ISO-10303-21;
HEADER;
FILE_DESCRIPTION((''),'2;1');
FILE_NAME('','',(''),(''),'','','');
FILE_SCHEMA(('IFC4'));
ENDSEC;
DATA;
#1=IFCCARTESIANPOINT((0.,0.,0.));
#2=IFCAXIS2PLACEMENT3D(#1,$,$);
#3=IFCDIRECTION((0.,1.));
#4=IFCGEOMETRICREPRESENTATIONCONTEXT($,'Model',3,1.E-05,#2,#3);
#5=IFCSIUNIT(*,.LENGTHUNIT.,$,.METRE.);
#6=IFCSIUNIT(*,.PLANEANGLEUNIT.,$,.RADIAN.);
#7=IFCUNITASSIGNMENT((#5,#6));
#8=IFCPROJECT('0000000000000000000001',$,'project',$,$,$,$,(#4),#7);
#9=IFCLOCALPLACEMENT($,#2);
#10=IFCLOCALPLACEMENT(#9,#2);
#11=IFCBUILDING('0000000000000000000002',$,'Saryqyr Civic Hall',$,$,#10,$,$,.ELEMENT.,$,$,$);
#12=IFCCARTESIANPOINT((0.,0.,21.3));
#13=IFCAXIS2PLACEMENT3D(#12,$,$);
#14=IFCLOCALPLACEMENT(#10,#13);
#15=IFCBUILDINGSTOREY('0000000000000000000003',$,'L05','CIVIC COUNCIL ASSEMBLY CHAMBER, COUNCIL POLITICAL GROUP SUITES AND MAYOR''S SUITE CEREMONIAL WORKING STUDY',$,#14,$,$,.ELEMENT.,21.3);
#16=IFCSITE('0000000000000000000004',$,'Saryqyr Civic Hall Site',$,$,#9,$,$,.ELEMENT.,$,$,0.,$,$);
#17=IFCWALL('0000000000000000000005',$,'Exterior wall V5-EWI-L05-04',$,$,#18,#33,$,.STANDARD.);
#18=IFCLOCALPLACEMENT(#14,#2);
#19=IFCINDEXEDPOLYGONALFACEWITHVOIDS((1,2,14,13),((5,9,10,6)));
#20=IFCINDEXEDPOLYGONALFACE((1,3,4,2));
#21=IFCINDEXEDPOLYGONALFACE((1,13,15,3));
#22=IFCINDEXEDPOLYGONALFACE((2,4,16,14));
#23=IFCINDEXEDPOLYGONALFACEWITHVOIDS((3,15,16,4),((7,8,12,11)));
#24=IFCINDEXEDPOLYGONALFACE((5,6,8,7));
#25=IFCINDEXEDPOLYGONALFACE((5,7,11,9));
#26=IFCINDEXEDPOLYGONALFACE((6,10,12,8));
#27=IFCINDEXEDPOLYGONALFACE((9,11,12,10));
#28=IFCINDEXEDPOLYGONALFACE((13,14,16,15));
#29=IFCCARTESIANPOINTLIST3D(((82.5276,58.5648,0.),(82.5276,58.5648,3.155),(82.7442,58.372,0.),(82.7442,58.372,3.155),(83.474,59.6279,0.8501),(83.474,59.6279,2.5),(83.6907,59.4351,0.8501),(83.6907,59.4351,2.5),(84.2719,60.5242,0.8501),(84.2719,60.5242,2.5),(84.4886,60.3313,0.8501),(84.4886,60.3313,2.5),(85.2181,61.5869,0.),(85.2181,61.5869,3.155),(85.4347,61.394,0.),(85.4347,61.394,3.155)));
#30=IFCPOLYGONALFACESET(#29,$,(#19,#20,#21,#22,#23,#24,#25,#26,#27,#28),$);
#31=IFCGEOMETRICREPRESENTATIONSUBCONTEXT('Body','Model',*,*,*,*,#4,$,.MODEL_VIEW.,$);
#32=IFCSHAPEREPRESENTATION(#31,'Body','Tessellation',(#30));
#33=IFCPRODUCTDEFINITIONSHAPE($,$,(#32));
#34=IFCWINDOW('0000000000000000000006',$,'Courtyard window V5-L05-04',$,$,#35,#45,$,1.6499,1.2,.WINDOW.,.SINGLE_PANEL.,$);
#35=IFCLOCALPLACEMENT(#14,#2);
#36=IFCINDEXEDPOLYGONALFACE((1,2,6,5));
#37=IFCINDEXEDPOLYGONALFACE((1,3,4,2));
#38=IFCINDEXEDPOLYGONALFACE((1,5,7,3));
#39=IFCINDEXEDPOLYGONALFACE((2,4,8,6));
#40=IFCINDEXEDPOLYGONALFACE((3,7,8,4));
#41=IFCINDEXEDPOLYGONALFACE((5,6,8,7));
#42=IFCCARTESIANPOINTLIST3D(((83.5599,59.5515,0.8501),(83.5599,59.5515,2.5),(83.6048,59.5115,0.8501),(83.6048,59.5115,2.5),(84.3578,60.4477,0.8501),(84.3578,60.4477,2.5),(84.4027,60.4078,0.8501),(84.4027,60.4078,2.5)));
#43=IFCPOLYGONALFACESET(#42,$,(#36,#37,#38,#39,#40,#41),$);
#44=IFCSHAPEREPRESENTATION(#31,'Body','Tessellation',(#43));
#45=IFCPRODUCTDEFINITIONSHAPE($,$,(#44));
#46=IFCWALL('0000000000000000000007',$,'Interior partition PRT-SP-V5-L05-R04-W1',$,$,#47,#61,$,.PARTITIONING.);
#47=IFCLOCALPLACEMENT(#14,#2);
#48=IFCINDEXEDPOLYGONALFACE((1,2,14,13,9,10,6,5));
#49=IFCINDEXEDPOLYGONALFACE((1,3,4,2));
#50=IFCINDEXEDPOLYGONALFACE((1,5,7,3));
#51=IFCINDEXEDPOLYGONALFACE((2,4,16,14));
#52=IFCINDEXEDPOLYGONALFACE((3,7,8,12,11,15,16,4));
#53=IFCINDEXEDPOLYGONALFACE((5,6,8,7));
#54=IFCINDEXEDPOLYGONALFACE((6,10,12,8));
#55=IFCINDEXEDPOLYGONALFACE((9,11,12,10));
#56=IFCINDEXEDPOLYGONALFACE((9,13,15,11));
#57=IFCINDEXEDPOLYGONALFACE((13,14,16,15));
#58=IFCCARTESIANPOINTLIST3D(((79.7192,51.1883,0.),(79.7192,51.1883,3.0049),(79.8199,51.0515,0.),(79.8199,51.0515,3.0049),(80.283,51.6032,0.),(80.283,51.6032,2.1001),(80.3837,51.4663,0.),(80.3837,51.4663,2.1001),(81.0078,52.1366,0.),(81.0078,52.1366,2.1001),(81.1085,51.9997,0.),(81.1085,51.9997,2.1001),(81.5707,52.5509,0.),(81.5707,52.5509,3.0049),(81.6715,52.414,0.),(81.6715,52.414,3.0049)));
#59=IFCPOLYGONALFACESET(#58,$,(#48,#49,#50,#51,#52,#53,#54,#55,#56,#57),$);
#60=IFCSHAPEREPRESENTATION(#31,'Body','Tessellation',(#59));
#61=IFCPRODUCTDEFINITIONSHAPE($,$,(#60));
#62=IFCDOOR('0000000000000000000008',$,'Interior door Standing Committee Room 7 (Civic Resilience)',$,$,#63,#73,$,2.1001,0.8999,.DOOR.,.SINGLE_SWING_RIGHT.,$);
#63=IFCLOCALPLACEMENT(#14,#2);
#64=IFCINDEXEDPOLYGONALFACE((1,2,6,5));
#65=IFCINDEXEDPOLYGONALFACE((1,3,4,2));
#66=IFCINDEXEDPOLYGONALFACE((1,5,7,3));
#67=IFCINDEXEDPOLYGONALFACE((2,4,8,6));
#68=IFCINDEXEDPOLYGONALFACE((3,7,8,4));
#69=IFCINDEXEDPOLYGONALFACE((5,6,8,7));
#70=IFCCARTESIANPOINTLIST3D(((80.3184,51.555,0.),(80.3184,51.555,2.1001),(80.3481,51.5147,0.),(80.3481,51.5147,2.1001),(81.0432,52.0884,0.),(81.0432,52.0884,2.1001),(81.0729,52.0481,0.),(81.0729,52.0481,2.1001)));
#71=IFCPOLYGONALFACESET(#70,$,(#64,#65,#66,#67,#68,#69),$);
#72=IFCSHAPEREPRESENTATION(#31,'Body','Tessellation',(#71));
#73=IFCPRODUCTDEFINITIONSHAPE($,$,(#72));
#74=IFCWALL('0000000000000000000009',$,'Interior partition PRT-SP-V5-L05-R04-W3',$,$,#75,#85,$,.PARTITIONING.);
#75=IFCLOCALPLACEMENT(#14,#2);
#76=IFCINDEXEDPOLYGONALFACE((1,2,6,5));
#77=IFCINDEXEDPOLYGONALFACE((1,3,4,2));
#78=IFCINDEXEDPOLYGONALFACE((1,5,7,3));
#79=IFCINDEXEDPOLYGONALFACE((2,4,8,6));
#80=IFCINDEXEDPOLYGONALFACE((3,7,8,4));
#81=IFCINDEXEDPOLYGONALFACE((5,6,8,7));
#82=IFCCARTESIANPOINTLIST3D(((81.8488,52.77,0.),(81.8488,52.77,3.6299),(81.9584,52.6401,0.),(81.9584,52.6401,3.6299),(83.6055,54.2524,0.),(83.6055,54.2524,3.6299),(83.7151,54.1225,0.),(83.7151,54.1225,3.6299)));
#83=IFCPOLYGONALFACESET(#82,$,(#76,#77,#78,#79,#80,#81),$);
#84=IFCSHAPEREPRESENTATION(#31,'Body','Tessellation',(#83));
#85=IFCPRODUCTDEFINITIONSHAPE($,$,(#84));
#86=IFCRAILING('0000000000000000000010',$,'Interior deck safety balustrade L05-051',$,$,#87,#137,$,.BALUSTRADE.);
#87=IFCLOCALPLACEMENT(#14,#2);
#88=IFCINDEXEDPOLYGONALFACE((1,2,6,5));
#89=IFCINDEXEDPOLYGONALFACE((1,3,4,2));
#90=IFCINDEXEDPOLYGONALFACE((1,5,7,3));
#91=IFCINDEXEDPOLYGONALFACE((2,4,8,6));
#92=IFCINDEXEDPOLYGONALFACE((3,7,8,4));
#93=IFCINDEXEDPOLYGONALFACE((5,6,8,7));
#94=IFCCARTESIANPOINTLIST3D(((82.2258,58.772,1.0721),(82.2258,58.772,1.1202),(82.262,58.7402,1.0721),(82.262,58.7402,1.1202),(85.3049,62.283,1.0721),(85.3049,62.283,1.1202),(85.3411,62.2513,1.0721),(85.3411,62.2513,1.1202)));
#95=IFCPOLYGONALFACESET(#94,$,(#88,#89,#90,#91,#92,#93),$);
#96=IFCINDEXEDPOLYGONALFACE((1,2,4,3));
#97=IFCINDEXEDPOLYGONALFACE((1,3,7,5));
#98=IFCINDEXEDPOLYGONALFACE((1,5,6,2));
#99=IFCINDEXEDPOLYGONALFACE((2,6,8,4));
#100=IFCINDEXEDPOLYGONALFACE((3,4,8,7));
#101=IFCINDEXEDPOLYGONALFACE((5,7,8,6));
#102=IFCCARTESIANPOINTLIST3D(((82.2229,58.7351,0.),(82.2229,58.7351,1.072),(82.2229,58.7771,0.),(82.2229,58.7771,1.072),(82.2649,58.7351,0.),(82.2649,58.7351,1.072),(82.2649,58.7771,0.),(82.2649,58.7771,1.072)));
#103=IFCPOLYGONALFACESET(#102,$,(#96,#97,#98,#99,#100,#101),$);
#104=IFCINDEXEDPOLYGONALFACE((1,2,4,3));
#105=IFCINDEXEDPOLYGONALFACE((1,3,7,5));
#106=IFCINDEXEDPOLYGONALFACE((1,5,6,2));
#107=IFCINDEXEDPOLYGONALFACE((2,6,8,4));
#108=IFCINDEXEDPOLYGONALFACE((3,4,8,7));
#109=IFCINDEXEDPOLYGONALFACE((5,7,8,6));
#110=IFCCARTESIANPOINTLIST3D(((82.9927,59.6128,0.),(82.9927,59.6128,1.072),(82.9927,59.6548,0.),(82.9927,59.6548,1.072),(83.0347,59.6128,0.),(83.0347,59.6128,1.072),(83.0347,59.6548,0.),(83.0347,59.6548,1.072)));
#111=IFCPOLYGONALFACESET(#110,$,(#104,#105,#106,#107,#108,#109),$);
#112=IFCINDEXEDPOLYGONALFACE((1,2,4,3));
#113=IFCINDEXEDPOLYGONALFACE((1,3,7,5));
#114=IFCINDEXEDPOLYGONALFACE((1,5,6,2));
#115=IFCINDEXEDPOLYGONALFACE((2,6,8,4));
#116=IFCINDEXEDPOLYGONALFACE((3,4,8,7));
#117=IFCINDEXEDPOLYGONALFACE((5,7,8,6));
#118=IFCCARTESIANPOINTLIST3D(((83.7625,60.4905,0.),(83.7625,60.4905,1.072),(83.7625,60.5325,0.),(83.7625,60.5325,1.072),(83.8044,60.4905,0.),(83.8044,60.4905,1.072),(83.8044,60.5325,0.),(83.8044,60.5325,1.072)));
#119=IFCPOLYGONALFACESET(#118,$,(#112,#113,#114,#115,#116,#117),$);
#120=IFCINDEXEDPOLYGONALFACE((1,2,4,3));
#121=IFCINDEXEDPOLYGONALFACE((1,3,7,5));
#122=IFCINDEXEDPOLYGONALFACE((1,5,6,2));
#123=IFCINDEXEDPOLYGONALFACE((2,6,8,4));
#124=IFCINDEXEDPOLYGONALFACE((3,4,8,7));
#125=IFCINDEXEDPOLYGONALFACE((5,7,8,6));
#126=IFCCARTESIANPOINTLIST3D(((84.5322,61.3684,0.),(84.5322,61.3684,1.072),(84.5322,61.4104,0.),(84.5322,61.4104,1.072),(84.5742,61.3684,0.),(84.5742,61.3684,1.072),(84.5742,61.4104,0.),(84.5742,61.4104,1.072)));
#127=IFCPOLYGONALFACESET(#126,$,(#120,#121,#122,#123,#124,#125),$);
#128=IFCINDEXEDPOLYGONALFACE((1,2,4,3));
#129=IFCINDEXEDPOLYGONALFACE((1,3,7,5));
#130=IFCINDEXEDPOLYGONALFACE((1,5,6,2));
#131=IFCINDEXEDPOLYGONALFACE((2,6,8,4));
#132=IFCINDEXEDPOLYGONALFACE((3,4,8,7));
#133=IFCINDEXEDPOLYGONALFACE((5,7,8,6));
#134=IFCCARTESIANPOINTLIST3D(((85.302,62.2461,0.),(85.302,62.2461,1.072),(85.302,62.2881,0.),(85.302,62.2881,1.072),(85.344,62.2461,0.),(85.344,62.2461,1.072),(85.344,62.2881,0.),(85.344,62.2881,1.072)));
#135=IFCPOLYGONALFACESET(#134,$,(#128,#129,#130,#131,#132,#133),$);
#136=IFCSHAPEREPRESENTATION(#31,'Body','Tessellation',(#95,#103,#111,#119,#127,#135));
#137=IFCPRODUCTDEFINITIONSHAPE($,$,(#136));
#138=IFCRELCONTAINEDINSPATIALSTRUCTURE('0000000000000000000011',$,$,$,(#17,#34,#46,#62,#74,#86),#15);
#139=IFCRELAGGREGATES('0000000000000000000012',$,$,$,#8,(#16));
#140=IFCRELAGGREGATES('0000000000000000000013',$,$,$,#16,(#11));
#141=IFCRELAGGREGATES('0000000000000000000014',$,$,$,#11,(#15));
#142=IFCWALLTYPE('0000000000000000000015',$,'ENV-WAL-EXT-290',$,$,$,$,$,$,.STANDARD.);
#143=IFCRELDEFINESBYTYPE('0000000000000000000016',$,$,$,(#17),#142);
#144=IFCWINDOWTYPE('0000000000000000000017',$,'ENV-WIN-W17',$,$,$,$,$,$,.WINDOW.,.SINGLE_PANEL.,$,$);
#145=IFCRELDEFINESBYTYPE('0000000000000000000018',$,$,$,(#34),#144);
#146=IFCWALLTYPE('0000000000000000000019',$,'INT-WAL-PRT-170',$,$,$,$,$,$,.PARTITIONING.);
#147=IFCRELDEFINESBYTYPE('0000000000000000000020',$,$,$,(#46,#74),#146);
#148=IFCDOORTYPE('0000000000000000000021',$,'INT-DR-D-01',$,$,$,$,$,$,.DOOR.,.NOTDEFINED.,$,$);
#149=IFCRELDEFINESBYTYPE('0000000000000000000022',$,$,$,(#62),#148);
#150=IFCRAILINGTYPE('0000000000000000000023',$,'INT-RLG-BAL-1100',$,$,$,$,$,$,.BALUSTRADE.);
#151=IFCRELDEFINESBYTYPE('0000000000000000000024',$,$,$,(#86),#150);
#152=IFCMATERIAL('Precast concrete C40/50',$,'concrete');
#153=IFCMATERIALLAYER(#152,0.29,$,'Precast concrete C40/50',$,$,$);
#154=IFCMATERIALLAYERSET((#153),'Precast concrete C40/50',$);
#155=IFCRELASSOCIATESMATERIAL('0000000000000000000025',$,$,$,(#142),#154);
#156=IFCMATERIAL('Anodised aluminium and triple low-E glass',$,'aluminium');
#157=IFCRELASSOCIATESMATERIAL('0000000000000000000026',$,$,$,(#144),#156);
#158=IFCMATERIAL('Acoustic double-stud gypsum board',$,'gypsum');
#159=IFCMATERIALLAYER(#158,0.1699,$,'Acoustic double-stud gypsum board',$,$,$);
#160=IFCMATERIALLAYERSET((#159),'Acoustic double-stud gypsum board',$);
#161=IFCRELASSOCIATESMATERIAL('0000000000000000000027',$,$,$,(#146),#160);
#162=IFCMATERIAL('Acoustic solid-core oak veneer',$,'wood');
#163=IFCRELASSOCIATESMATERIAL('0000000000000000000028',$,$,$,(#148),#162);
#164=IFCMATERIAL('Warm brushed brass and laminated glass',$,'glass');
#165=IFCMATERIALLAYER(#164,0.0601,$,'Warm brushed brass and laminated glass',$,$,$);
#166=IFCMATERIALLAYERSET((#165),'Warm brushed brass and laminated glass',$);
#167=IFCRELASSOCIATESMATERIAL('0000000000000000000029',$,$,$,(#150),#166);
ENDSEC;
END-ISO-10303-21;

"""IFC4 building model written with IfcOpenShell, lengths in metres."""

from ifc_helpers import new_model, si_unit, direction, frame, frame_2d, origin, origin_2d, place, context, subcontext, project, spatial, rectangle, extrude, material, layer, layer_set, type_object, element, fill, save


model = new_model("IFC4")

# Units and contexts
model_context = context("Model", 3, precision=1e-05, world=origin(), true_north=direction((0.0, 1.0)))
body_context = subcontext(model_context, "Body", "Model", "MODEL_VIEW")
ifc_project = project(units=[si_unit("LENGTHUNIT", "METRE"), si_unit("PLANEANGLEUNIT", "RADIAN")], contexts=[model_context])

# Site, building, storey
site_placement = place(None, origin())
site = spatial("IfcSite", under=ifc_project, at=site_placement, Name="Saryqyr Civic Hall Site", CompositionType="ELEMENT", RefElevation=0.0)
building_placement = place(site_placement, origin())
building = spatial("IfcBuilding", under=site, at=building_placement, Name="Saryqyr Civic Hall", CompositionType="ELEMENT")
storey_placement = place(building_placement, frame((0.0, 0.0, 21.3)))
storey = spatial("IfcBuildingStorey", under=building, at=storey_placement, Name="L05", Description="CIVIC COUNCIL ASSEMBLY CHAMBER, COUNCIL POLITICAL GROUP SUITES AND MAYOR'S SUITE CEREMONIAL WORKING STUDY", CompositionType="ELEMENT", Elevation=21.3)

# Shared definitions
ifc_material_1 = material(Name="Anodised aluminium and triple low-E glass", Category="aluminium")

# Wall, opening, window
ifc_material_2 = material(Name="Precast concrete C40/50", Category="concrete")
ifc_layer_1 = layer(ifc_material_2, 0.29, Name="Precast concrete C40/50")
ifc_layer_set_1 = layer_set([ifc_layer_1], Name="Precast concrete C40/50")
wall_type_1 = type_object("IfcWallType", Name="ENV-WAL-EXT-290", PredefinedType="STANDARD", material=ifc_layer_set_1)
wall_1_placement = place(storey_placement, frame((82.636, 58.4685, 0.0), z_axis=(0.0, 0.0, 1.0), x_axis=(0.664948, 0.74689, 0.0)))
wall_1 = element("IfcWall", 1, at=wall_1_placement, inside=storey, type_object=wall_type_1, Name="Exterior wall V5-EWI-L05-04", PredefinedType="STANDARD", context=body_context, shape_type="SweptSolid", body=[
    extrude(rectangle(XDim=4.0461, YDim=0.29, at=frame_2d((2.0229, 0.0))), origin(), (0.0, 0.0, 1.0), 3.155),
])
opening_1_placement = place(wall_1_placement, frame((1.4231, 0.0, 0.8501)))
opening_1 = element("IfcOpeningElement", 2, at=opening_1_placement, cuts=wall_1, PredefinedType="OPENING", context=body_context, shape_type="SweptSolid", body=[
    extrude(rectangle(XDim=1.2, YDim=1.6499, at=frame_2d((0.6001, 0.825))), frame((0.0, 0.155, 0.0), z_axis=(0.0, -1.0, 0.0), x_axis=(1.0, 0.0, 0.0)), (0.0, 0.0, 1.0), 0.3101),
])
window_type = type_object("IfcWindowType", Name="ENV-WIN-W17", PartitioningType="SINGLE_PANEL", PredefinedType="WINDOW", material=ifc_material_1)
window_placement = place(opening_1_placement, origin())
window = element("IfcWindow", 3, at=window_placement, inside=storey, type_object=window_type, Name="Courtyard window V5-L05-04", OverallHeight=1.6499, OverallWidth=1.2, PartitioningType="SINGLE_PANEL", PredefinedType="WINDOW", context=body_context, shape_type="SweptSolid", body=[
    extrude(rectangle(XDim=1.2, YDim=1.6499, at=frame_2d((0.6001, 0.825))), frame((0.0, 0.03, 0.0), z_axis=(0.0, -1.0, 0.0), x_axis=(1.0, 0.0, 0.0)), (0.0, 0.0, 1.0), 0.0601),
])
fill(opening_1, window)

# Wall, opening, door
ifc_material_3 = material(Name="Acoustic double-stud gypsum board", Category="gypsum")
ifc_layer_2 = layer(ifc_material_3, 0.1699, Name="Acoustic double-stud gypsum board")
ifc_layer_set_2 = layer_set([ifc_layer_2], Name="Acoustic double-stud gypsum board")
wall_type_2 = type_object("IfcWallType", Name="INT-WAL-PRT-170", PredefinedType="PARTITIONING", material=ifc_layer_set_2)
wall_2_placement = place(storey_placement, frame((81.6211, 52.4824, 0.0), z_axis=(0.0, 0.0, 1.0), x_axis=(-0.805421, -0.592703, 0.0)))
wall_2 = element("IfcWall", 4, at=wall_2_placement, inside=storey, type_object=wall_type_2, Name="Interior partition PRT-SP-V5-L05-R04-W1", PredefinedType="PARTITIONING", context=body_context, shape_type="SweptSolid", body=[
    extrude(rectangle(XDim=2.2988, YDim=0.1699, at=frame_2d((1.1494, 0.0))), origin(), (0.0, 0.0, 1.0), 3.0049),
])
opening_2_placement = place(wall_2_placement, frame((0.699, 0.0, 0.0)))
opening_2 = element("IfcOpeningElement", 5, at=opening_2_placement, cuts=wall_2, PredefinedType="OPENING", context=body_context, shape_type="SweptSolid", body=[
    extrude(rectangle(XDim=0.8999, YDim=2.1001, at=frame_2d((0.45, 1.05))), frame((0.0, 0.095, 0.0), z_axis=(0.0, -1.0, 0.0), x_axis=(1.0, 0.0, 0.0)), (0.0, 0.0, 1.0), 0.1899),
])
ifc_material_4 = material(Name="Acoustic solid-core oak veneer", Category="wood")
door_type = type_object("IfcDoorType", Name="INT-DR-D-01", OperationType="NOTDEFINED", PredefinedType="DOOR", material=ifc_material_4)
door_placement = place(opening_2_placement, origin())
door = element("IfcDoor", 6, at=door_placement, inside=storey, type_object=door_type, Name="Interior door Standing Committee Room 7 (Civic Resilience)", OperationType="SINGLE_SWING_RIGHT", OverallHeight=2.1001, OverallWidth=0.8999, PredefinedType="DOOR", context=body_context, shape_type="SweptSolid", body=[
    extrude(rectangle(XDim=0.8999, YDim=2.1001, at=frame_2d((0.45, 1.05))), frame((0.0, 0.0249, 0.0), z_axis=(0.0, -1.0, 0.0), x_axis=(1.0, 0.0, 0.0)), (0.0, 0.0, 1.0), 0.05),
])
fill(opening_2, door)

# Wall
wall_3_placement = place(storey_placement, frame((83.6604, 54.1875, 0.0), z_axis=(0.0, 0.0, 1.0), x_axis=(-0.764272, -0.644894, 0.0)))
element("IfcWall", 7, at=wall_3_placement, inside=storey, type_object=wall_type_2, Name="Interior partition PRT-SP-V5-L05-R04-W3", PredefinedType="PARTITIONING", context=body_context, shape_type="SweptSolid", body=[
    extrude(rectangle(XDim=2.2986, YDim=0.1699, at=frame_2d((1.1494, 0.0))), origin(), (0.0, 0.0, 1.0), 3.6299),
])

# Railing
ifc_material_5 = material(Name="Warm brushed brass and laminated glass", Category="glass")
ifc_layer_3 = layer(ifc_material_5, 0.0601, Name="Warm brushed brass and laminated glass")
ifc_layer_set_3 = layer_set([ifc_layer_3], Name="Warm brushed brass and laminated glass")
railing_type = type_object("IfcRailingType", Name="INT-RLG-BAL-1100", PredefinedType="BALUSTRADE", material=ifc_layer_set_3)
railing_placement = place(storey_placement, frame((82.2439, 58.7561, 0.0)))
element("IfcRailing", 8, at=railing_placement, inside=storey, type_object=railing_type, Name="Interior deck safety balustrade L05-051", PredefinedType="BALUSTRADE", context=body_context, shape_type="SweptSolid", body=[
    extrude(rectangle(XDim=0.0481, YDim=0.0481, at=origin_2d()), frame((0.0, 0.0, 1.0962), z_axis=(0.659352, 0.751835, 0.0), x_axis=(-0.751835, 0.659352, 0.0)), (0.0, 0.0, 1.0), 4.6699),
    extrude(rectangle(XDim=0.042, YDim=0.042, at=origin_2d()), origin(), (0.0, 0.0, 1.0), 1.072),
    extrude(rectangle(XDim=0.042, YDim=0.042, at=origin_2d()), frame((0.7698, 0.8777, 0.0)), (0.0, 0.0, 1.0), 1.072),
    extrude(rectangle(XDim=0.042, YDim=0.042, at=origin_2d()), frame((1.5396, 1.7554, 0.0)), (0.0, 0.0, 1.0), 1.072),
    extrude(rectangle(XDim=0.042, YDim=0.042, at=origin_2d()), frame((2.3093, 2.6333, 0.0)), (0.0, 0.0, 1.0), 1.072),
    extrude(rectangle(XDim=0.042, YDim=0.042, at=origin_2d()), frame((3.0791, 3.511, 0.0)), (0.0, 0.0, 1.0), 1.072),
])

save(model, "model.ifc")
